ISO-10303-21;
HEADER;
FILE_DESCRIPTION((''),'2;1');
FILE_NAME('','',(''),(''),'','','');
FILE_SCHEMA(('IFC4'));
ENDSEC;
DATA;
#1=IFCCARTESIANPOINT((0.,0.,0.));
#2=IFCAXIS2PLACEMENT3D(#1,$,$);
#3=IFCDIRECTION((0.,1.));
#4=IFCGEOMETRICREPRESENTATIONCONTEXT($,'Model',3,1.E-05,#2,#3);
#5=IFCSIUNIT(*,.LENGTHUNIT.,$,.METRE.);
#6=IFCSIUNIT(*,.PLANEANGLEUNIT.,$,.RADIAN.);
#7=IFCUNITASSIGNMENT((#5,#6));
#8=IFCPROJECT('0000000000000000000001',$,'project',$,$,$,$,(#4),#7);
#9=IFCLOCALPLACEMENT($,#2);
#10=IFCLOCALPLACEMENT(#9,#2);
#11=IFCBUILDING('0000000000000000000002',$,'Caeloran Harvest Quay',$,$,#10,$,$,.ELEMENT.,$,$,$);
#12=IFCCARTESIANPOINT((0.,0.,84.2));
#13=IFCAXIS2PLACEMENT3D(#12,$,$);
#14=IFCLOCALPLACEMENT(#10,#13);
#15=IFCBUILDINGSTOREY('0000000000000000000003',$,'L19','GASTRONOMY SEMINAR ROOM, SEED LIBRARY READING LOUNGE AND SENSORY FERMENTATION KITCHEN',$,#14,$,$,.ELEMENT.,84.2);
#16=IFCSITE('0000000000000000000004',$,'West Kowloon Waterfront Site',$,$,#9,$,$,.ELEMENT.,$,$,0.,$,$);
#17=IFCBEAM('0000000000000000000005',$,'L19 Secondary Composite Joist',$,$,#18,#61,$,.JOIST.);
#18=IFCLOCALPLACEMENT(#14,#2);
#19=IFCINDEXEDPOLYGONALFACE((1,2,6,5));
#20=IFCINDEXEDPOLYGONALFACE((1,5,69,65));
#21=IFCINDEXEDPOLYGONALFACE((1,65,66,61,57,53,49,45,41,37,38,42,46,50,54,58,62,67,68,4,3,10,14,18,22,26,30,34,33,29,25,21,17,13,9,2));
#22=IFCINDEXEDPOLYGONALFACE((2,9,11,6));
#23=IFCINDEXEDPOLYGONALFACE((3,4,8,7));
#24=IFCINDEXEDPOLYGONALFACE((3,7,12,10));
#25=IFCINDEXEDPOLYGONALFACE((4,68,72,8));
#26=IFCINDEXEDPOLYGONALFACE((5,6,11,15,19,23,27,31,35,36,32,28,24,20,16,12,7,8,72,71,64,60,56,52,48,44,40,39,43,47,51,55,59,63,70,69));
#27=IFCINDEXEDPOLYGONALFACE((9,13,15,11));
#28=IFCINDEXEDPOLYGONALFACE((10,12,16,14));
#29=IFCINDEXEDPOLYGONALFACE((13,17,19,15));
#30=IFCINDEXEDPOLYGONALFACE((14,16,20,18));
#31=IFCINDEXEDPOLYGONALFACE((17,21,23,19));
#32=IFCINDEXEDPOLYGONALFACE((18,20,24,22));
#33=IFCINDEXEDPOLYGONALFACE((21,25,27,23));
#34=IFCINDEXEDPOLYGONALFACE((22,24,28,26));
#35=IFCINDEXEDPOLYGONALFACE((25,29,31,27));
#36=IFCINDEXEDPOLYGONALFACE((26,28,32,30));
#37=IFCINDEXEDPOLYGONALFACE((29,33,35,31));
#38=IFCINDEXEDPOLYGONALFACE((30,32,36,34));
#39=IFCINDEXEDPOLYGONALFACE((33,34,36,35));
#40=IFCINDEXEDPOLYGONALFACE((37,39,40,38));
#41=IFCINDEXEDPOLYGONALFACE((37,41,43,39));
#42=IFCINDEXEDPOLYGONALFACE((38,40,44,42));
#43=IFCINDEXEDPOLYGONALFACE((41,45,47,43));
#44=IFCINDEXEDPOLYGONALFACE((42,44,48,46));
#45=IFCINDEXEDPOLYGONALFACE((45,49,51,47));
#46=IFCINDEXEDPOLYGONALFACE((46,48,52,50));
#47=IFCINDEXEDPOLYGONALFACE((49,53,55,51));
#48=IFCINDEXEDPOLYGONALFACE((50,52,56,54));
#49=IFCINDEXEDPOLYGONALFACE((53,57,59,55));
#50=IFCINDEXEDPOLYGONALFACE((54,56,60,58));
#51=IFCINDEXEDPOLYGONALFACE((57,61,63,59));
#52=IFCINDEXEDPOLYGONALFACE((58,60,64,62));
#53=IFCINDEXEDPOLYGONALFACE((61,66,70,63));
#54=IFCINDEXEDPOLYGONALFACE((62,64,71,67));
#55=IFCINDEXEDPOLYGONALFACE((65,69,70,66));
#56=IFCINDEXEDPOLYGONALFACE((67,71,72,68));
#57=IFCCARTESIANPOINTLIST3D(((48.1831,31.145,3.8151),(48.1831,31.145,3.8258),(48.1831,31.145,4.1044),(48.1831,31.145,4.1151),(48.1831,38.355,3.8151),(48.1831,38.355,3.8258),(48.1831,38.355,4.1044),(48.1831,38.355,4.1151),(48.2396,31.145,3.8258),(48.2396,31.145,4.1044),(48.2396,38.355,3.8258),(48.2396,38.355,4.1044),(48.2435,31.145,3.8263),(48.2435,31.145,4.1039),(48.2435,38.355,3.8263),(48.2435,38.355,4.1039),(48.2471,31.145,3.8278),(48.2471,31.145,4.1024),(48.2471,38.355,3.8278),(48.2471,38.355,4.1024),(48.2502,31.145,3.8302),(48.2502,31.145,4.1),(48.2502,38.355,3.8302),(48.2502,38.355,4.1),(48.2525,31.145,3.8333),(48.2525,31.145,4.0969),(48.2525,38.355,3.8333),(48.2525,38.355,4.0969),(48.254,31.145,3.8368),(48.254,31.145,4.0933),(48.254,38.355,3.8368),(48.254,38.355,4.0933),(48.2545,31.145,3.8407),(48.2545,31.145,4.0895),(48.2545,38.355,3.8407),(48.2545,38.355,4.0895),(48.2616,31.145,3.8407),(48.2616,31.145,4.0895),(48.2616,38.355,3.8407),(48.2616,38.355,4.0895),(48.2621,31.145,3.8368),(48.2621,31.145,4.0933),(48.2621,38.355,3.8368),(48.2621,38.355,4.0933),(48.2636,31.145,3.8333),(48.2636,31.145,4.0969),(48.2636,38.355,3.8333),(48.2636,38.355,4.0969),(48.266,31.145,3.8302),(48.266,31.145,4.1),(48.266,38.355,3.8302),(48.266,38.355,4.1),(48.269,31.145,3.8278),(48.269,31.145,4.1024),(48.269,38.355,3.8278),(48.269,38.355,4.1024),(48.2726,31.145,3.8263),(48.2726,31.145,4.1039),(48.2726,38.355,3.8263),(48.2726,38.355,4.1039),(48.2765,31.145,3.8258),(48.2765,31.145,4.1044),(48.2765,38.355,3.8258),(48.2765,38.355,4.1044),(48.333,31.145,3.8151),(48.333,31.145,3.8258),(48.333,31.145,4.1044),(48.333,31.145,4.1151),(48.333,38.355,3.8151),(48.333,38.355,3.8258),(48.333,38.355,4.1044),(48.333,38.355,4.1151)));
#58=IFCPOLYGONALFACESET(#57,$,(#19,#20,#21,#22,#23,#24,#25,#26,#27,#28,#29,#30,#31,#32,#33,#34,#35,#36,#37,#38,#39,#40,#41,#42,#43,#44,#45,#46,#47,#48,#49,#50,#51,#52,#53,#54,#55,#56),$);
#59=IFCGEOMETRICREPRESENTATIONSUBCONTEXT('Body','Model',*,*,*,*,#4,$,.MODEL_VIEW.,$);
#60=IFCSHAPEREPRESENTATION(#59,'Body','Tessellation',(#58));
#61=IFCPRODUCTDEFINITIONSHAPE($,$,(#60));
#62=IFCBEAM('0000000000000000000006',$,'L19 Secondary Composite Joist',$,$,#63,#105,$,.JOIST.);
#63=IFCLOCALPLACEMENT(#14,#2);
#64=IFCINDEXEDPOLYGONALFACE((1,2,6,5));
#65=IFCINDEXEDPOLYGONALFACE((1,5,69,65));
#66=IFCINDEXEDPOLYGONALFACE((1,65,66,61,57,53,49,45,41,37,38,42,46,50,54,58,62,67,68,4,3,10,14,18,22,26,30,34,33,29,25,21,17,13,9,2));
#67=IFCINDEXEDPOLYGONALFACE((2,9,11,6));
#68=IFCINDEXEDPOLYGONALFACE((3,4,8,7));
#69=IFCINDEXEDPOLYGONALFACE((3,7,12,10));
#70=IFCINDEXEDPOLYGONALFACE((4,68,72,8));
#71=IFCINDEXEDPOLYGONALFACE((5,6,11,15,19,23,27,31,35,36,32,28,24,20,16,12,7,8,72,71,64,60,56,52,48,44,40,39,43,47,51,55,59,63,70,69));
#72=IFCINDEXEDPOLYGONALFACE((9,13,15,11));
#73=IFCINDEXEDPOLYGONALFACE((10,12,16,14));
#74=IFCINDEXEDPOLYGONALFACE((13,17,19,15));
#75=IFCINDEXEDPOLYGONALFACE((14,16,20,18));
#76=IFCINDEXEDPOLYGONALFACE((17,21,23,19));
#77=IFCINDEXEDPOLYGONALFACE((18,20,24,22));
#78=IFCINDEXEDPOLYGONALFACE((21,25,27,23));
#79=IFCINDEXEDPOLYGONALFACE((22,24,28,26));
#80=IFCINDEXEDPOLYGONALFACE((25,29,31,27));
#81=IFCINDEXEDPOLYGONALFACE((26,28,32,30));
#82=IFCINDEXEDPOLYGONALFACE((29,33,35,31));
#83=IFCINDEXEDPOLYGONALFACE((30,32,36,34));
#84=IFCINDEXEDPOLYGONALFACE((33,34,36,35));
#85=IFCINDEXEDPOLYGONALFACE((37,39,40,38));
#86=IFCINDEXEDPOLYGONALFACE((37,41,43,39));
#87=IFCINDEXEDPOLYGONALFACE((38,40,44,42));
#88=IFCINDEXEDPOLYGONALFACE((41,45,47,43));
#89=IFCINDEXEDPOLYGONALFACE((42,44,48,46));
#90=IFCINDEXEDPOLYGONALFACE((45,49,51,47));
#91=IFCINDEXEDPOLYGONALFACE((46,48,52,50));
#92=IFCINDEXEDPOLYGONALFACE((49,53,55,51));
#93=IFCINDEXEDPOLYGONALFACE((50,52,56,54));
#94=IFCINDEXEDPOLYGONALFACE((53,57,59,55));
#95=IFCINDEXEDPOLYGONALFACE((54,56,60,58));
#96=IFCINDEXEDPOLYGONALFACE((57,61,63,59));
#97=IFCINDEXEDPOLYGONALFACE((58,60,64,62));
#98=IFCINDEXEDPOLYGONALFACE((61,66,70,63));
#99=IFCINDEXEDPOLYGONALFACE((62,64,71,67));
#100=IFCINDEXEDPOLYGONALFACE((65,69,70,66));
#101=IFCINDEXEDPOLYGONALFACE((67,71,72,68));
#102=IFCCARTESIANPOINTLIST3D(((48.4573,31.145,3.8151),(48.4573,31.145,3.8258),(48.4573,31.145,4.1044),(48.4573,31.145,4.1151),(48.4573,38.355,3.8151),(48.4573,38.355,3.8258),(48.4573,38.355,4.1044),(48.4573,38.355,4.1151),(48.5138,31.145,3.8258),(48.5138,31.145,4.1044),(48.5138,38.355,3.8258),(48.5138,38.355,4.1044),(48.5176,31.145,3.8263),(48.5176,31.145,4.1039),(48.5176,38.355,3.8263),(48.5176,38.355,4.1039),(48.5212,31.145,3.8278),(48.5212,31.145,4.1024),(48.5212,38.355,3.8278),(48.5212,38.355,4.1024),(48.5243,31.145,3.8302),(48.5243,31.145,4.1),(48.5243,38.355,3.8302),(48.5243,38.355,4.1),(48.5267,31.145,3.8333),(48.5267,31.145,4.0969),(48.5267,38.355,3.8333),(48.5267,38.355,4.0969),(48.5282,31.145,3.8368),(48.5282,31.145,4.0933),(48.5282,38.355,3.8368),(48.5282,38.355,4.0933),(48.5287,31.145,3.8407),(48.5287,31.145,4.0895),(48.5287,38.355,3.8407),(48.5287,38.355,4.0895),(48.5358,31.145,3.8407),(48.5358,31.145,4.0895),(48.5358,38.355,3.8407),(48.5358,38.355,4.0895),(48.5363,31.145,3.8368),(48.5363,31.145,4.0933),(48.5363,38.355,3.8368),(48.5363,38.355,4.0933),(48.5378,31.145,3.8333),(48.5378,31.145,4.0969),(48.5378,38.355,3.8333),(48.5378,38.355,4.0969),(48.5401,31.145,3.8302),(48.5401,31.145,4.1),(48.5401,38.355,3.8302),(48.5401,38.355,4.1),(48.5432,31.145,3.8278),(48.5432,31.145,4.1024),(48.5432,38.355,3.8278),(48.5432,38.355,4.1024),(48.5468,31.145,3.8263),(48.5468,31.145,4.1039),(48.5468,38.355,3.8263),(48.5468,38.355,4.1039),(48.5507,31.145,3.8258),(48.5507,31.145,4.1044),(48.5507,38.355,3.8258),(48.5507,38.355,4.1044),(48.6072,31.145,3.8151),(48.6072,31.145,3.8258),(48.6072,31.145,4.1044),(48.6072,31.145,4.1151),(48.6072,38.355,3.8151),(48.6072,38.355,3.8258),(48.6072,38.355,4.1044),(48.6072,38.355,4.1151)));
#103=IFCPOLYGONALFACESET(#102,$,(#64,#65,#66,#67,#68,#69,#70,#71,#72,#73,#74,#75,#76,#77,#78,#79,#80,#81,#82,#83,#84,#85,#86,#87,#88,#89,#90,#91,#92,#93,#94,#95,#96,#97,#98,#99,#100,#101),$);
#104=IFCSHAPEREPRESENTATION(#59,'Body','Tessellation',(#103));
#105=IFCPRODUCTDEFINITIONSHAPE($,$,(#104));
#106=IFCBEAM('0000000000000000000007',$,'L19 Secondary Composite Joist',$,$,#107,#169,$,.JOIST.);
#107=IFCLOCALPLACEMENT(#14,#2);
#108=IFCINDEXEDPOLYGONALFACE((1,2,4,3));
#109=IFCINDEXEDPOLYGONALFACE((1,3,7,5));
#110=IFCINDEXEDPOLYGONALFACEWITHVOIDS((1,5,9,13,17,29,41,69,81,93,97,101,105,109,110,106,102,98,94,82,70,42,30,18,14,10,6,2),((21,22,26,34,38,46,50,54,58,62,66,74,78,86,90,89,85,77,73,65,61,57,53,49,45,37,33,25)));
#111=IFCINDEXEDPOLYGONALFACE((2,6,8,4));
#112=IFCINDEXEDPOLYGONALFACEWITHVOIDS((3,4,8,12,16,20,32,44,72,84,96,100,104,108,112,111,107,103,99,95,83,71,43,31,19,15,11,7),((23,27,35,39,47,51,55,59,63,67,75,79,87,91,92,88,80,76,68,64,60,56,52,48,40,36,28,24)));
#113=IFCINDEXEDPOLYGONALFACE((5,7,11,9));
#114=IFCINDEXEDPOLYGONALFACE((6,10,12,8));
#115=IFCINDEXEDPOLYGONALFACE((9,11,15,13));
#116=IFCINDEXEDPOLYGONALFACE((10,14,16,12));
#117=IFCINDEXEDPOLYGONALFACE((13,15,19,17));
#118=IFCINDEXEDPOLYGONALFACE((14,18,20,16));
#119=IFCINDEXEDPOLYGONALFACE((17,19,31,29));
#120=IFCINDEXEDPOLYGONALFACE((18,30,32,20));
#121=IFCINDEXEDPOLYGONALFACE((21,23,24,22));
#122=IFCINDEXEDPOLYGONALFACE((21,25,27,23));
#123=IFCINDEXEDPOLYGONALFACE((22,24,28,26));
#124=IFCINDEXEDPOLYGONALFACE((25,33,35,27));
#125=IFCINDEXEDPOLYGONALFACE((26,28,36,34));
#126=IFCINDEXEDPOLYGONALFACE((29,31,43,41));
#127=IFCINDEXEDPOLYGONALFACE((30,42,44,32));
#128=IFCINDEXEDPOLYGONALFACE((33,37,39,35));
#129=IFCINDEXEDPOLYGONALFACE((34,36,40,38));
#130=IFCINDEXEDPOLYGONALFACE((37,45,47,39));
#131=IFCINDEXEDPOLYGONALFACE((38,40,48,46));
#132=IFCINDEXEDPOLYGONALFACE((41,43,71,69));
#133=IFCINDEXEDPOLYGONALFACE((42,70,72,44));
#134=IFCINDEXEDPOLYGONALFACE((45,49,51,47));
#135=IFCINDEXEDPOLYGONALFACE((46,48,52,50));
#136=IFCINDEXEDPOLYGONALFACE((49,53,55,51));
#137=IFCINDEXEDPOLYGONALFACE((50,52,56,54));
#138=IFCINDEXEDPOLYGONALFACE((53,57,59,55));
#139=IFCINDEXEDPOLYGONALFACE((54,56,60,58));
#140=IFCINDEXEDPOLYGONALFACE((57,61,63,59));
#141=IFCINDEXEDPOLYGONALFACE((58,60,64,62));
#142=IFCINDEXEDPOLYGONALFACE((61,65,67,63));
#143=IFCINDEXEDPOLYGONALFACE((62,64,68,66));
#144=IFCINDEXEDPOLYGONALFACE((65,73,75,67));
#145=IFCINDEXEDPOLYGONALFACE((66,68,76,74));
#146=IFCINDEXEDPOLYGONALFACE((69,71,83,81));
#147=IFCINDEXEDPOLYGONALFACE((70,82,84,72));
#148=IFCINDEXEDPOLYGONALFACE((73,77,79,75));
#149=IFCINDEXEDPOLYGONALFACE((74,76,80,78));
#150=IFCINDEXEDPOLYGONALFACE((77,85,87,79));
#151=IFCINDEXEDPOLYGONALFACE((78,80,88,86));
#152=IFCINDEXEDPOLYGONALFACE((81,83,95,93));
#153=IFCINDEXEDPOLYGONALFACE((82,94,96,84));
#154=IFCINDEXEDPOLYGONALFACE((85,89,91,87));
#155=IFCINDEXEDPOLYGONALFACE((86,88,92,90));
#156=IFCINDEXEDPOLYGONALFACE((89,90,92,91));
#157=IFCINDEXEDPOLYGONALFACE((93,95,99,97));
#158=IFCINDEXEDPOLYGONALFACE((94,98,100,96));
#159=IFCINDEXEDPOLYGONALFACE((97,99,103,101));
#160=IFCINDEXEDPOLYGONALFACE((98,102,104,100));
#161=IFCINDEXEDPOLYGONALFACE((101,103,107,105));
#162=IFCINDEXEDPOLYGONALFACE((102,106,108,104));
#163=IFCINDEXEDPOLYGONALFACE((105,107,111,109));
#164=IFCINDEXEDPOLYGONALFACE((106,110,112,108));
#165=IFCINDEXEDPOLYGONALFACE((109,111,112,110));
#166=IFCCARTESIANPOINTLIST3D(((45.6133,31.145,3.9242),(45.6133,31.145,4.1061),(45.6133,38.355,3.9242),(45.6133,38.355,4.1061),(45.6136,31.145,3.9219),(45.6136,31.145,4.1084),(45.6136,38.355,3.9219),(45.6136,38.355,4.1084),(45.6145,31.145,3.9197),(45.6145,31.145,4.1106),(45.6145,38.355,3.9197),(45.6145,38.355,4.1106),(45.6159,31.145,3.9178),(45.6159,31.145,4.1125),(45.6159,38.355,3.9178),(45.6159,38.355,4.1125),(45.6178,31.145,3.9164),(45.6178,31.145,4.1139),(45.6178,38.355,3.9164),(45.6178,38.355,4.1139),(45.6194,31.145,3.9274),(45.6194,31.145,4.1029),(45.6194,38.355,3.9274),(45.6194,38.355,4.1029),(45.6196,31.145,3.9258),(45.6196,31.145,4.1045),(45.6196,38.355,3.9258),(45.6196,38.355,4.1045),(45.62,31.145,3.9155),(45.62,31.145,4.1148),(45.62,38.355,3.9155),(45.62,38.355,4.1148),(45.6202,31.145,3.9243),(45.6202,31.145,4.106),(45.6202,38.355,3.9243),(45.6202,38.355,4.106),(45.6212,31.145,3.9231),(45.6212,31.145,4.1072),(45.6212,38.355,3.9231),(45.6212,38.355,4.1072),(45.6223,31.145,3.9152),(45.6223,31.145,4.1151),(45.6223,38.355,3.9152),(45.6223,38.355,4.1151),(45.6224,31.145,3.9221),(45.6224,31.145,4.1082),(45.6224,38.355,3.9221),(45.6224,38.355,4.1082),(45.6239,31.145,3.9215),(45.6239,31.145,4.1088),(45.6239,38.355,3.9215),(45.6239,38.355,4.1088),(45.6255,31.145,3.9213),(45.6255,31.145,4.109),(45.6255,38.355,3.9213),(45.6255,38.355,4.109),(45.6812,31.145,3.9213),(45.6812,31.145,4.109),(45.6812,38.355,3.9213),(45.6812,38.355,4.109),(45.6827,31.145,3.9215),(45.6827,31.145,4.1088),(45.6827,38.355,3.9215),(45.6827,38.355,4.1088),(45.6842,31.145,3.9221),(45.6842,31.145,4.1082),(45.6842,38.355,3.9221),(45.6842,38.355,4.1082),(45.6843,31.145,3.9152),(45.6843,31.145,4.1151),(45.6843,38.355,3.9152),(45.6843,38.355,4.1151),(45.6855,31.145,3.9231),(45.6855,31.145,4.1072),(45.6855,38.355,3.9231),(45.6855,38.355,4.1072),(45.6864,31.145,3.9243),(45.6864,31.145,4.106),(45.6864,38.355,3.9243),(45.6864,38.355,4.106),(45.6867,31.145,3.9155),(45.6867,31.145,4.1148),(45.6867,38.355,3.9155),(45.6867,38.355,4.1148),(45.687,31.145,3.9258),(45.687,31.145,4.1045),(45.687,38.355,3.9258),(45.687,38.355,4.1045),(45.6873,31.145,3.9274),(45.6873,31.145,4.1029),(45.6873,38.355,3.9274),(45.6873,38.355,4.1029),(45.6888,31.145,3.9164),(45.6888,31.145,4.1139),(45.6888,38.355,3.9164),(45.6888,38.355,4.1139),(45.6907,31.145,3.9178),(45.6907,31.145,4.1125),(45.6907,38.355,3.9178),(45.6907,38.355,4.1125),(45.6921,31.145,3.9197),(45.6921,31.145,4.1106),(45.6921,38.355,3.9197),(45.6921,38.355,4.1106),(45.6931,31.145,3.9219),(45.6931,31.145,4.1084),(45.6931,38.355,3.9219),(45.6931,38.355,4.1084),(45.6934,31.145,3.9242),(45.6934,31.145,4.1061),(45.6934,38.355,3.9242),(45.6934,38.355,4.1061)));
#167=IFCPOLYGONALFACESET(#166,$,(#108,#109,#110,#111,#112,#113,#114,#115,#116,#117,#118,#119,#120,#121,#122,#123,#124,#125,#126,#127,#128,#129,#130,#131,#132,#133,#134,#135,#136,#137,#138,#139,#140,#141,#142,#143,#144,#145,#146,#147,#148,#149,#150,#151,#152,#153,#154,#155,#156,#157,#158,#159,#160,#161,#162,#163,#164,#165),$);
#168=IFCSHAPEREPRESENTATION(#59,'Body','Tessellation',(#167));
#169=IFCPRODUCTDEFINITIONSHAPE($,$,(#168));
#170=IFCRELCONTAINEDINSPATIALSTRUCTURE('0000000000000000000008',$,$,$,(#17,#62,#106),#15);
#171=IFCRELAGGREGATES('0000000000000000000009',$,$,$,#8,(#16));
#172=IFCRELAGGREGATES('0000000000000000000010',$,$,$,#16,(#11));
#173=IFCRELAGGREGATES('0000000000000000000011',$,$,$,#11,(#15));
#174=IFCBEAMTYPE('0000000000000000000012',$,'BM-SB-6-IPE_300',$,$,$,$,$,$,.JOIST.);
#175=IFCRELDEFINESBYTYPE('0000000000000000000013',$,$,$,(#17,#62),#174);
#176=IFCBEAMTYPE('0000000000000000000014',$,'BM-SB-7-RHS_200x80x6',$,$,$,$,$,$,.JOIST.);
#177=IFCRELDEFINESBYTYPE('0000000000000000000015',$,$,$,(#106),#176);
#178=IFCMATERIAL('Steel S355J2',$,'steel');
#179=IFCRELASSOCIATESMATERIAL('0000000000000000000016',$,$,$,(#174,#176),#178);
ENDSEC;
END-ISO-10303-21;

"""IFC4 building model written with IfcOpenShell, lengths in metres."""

from ifc_helpers import new_model, si_unit, direction, frame, origin, origin_2d, place, context, subcontext, project, spatial, hollow_rectangle, i_section, extrude, material, material_profile, profile_set, type_object, element, save


model = new_model("IFC4")

# Units and contexts
model_context = context("Model", 3, precision=1e-05, world=origin(), true_north=direction((0.0, 1.0)))
body_context = subcontext(model_context, "Body", "Model", "MODEL_VIEW")
ifc_project = project(units=[si_unit("LENGTHUNIT", "METRE"), si_unit("PLANEANGLEUNIT", "RADIAN")], contexts=[model_context])

# Site, building, storey
site_placement = place(None, origin())
site = spatial("IfcSite", under=ifc_project, at=site_placement, Name="West Kowloon Waterfront Site", CompositionType="ELEMENT", RefElevation=0.0)
building_placement = place(site_placement, origin())
building = spatial("IfcBuilding", under=site, at=building_placement, Name="Caeloran Harvest Quay", CompositionType="ELEMENT")
storey_placement = place(building_placement, frame((0.0, 0.0, 84.2)))
storey = spatial("IfcBuildingStorey", under=building, at=storey_placement, Name="L19", Description="GASTRONOMY SEMINAR ROOM, SEED LIBRARY READING LOUNGE AND SENSORY FERMENTATION KITCHEN", CompositionType="ELEMENT", Elevation=84.2)

# Beams
ifc_material_1 = material(Name="Steel S355J2", Category="steel")
ifc_material_profile_1 = material_profile(ifc_material_1, i_section(OverallWidth=0.1499, OverallDepth=0.3, WebThickness=0.0071, FlangeThickness=0.0107, FilletRadius=0.0149, at=origin_2d()), Name="IPE 300")
ifc_profile_set_1 = profile_set([ifc_material_profile_1], Name="Steel S355J2")
beam_type_1 = type_object("IfcBeamType", Name="BM-SB-6-IPE_300", PredefinedType="JOIST", material=ifc_profile_set_1)
for number, where, z_axis, x_axis, name in (
    (1, (48.2581, 31.145, 3.9651), (0.0, 1.0, 0.0), (-1.0, 0.0, 0.0), "L19 Secondary Composite Joist"),
    (2, (48.5322, 31.145, 3.9651), (0.0, 1.0, 0.0), (-1.0, 0.0, 0.0), "L19 Secondary Composite Joist"),
):
    element("IfcBeam", number, at=place(storey_placement, frame(where, z_axis=z_axis, x_axis=x_axis)), inside=storey, type_object=beam_type_1, Name=name, PredefinedType="JOIST", context=body_context, shape_type="SweptSolid", body=[
        extrude(i_section(OverallWidth=0.1499, OverallDepth=0.3, WebThickness=0.0071, FlangeThickness=0.0107, FilletRadius=0.0149, at=origin_2d()), origin(), (0.0, 0.0, 1.0), 7.21),
    ])
ifc_material_profile_2 = material_profile(ifc_material_1, hollow_rectangle(XDim=0.0801, YDim=0.2, WallThickness=0.0061, InnerFilletRadius=0.0061, OuterFilletRadius=0.009, at=origin_2d()), Name="RHS 200x80x6")
ifc_profile_set_2 = profile_set([ifc_material_profile_2], Name="Steel S355J2")
beam_type_2 = type_object("IfcBeamType", Name="BM-SB-7-RHS_200x80x6", PredefinedType="JOIST", material=ifc_profile_set_2)
for number, where, z_axis, x_axis, name in (
    (3, (45.6533, 31.145, 4.0151), (0.0, 1.0, 0.0), (-1.0, 0.0, 0.0), "L19 Secondary Composite Joist"),
):
    element("IfcBeam", number, at=place(storey_placement, frame(where, z_axis=z_axis, x_axis=x_axis)), inside=storey, type_object=beam_type_2, Name=name, PredefinedType="JOIST", context=body_context, shape_type="SweptSolid", body=[
        extrude(hollow_rectangle(XDim=0.0801, YDim=0.2, WallThickness=0.0061, InnerFilletRadius=0.0061, OuterFilletRadius=0.009, at=origin_2d()), origin(), (0.0, 0.0, 1.0), 7.21),
    ])

save(model, "model.ifc")
